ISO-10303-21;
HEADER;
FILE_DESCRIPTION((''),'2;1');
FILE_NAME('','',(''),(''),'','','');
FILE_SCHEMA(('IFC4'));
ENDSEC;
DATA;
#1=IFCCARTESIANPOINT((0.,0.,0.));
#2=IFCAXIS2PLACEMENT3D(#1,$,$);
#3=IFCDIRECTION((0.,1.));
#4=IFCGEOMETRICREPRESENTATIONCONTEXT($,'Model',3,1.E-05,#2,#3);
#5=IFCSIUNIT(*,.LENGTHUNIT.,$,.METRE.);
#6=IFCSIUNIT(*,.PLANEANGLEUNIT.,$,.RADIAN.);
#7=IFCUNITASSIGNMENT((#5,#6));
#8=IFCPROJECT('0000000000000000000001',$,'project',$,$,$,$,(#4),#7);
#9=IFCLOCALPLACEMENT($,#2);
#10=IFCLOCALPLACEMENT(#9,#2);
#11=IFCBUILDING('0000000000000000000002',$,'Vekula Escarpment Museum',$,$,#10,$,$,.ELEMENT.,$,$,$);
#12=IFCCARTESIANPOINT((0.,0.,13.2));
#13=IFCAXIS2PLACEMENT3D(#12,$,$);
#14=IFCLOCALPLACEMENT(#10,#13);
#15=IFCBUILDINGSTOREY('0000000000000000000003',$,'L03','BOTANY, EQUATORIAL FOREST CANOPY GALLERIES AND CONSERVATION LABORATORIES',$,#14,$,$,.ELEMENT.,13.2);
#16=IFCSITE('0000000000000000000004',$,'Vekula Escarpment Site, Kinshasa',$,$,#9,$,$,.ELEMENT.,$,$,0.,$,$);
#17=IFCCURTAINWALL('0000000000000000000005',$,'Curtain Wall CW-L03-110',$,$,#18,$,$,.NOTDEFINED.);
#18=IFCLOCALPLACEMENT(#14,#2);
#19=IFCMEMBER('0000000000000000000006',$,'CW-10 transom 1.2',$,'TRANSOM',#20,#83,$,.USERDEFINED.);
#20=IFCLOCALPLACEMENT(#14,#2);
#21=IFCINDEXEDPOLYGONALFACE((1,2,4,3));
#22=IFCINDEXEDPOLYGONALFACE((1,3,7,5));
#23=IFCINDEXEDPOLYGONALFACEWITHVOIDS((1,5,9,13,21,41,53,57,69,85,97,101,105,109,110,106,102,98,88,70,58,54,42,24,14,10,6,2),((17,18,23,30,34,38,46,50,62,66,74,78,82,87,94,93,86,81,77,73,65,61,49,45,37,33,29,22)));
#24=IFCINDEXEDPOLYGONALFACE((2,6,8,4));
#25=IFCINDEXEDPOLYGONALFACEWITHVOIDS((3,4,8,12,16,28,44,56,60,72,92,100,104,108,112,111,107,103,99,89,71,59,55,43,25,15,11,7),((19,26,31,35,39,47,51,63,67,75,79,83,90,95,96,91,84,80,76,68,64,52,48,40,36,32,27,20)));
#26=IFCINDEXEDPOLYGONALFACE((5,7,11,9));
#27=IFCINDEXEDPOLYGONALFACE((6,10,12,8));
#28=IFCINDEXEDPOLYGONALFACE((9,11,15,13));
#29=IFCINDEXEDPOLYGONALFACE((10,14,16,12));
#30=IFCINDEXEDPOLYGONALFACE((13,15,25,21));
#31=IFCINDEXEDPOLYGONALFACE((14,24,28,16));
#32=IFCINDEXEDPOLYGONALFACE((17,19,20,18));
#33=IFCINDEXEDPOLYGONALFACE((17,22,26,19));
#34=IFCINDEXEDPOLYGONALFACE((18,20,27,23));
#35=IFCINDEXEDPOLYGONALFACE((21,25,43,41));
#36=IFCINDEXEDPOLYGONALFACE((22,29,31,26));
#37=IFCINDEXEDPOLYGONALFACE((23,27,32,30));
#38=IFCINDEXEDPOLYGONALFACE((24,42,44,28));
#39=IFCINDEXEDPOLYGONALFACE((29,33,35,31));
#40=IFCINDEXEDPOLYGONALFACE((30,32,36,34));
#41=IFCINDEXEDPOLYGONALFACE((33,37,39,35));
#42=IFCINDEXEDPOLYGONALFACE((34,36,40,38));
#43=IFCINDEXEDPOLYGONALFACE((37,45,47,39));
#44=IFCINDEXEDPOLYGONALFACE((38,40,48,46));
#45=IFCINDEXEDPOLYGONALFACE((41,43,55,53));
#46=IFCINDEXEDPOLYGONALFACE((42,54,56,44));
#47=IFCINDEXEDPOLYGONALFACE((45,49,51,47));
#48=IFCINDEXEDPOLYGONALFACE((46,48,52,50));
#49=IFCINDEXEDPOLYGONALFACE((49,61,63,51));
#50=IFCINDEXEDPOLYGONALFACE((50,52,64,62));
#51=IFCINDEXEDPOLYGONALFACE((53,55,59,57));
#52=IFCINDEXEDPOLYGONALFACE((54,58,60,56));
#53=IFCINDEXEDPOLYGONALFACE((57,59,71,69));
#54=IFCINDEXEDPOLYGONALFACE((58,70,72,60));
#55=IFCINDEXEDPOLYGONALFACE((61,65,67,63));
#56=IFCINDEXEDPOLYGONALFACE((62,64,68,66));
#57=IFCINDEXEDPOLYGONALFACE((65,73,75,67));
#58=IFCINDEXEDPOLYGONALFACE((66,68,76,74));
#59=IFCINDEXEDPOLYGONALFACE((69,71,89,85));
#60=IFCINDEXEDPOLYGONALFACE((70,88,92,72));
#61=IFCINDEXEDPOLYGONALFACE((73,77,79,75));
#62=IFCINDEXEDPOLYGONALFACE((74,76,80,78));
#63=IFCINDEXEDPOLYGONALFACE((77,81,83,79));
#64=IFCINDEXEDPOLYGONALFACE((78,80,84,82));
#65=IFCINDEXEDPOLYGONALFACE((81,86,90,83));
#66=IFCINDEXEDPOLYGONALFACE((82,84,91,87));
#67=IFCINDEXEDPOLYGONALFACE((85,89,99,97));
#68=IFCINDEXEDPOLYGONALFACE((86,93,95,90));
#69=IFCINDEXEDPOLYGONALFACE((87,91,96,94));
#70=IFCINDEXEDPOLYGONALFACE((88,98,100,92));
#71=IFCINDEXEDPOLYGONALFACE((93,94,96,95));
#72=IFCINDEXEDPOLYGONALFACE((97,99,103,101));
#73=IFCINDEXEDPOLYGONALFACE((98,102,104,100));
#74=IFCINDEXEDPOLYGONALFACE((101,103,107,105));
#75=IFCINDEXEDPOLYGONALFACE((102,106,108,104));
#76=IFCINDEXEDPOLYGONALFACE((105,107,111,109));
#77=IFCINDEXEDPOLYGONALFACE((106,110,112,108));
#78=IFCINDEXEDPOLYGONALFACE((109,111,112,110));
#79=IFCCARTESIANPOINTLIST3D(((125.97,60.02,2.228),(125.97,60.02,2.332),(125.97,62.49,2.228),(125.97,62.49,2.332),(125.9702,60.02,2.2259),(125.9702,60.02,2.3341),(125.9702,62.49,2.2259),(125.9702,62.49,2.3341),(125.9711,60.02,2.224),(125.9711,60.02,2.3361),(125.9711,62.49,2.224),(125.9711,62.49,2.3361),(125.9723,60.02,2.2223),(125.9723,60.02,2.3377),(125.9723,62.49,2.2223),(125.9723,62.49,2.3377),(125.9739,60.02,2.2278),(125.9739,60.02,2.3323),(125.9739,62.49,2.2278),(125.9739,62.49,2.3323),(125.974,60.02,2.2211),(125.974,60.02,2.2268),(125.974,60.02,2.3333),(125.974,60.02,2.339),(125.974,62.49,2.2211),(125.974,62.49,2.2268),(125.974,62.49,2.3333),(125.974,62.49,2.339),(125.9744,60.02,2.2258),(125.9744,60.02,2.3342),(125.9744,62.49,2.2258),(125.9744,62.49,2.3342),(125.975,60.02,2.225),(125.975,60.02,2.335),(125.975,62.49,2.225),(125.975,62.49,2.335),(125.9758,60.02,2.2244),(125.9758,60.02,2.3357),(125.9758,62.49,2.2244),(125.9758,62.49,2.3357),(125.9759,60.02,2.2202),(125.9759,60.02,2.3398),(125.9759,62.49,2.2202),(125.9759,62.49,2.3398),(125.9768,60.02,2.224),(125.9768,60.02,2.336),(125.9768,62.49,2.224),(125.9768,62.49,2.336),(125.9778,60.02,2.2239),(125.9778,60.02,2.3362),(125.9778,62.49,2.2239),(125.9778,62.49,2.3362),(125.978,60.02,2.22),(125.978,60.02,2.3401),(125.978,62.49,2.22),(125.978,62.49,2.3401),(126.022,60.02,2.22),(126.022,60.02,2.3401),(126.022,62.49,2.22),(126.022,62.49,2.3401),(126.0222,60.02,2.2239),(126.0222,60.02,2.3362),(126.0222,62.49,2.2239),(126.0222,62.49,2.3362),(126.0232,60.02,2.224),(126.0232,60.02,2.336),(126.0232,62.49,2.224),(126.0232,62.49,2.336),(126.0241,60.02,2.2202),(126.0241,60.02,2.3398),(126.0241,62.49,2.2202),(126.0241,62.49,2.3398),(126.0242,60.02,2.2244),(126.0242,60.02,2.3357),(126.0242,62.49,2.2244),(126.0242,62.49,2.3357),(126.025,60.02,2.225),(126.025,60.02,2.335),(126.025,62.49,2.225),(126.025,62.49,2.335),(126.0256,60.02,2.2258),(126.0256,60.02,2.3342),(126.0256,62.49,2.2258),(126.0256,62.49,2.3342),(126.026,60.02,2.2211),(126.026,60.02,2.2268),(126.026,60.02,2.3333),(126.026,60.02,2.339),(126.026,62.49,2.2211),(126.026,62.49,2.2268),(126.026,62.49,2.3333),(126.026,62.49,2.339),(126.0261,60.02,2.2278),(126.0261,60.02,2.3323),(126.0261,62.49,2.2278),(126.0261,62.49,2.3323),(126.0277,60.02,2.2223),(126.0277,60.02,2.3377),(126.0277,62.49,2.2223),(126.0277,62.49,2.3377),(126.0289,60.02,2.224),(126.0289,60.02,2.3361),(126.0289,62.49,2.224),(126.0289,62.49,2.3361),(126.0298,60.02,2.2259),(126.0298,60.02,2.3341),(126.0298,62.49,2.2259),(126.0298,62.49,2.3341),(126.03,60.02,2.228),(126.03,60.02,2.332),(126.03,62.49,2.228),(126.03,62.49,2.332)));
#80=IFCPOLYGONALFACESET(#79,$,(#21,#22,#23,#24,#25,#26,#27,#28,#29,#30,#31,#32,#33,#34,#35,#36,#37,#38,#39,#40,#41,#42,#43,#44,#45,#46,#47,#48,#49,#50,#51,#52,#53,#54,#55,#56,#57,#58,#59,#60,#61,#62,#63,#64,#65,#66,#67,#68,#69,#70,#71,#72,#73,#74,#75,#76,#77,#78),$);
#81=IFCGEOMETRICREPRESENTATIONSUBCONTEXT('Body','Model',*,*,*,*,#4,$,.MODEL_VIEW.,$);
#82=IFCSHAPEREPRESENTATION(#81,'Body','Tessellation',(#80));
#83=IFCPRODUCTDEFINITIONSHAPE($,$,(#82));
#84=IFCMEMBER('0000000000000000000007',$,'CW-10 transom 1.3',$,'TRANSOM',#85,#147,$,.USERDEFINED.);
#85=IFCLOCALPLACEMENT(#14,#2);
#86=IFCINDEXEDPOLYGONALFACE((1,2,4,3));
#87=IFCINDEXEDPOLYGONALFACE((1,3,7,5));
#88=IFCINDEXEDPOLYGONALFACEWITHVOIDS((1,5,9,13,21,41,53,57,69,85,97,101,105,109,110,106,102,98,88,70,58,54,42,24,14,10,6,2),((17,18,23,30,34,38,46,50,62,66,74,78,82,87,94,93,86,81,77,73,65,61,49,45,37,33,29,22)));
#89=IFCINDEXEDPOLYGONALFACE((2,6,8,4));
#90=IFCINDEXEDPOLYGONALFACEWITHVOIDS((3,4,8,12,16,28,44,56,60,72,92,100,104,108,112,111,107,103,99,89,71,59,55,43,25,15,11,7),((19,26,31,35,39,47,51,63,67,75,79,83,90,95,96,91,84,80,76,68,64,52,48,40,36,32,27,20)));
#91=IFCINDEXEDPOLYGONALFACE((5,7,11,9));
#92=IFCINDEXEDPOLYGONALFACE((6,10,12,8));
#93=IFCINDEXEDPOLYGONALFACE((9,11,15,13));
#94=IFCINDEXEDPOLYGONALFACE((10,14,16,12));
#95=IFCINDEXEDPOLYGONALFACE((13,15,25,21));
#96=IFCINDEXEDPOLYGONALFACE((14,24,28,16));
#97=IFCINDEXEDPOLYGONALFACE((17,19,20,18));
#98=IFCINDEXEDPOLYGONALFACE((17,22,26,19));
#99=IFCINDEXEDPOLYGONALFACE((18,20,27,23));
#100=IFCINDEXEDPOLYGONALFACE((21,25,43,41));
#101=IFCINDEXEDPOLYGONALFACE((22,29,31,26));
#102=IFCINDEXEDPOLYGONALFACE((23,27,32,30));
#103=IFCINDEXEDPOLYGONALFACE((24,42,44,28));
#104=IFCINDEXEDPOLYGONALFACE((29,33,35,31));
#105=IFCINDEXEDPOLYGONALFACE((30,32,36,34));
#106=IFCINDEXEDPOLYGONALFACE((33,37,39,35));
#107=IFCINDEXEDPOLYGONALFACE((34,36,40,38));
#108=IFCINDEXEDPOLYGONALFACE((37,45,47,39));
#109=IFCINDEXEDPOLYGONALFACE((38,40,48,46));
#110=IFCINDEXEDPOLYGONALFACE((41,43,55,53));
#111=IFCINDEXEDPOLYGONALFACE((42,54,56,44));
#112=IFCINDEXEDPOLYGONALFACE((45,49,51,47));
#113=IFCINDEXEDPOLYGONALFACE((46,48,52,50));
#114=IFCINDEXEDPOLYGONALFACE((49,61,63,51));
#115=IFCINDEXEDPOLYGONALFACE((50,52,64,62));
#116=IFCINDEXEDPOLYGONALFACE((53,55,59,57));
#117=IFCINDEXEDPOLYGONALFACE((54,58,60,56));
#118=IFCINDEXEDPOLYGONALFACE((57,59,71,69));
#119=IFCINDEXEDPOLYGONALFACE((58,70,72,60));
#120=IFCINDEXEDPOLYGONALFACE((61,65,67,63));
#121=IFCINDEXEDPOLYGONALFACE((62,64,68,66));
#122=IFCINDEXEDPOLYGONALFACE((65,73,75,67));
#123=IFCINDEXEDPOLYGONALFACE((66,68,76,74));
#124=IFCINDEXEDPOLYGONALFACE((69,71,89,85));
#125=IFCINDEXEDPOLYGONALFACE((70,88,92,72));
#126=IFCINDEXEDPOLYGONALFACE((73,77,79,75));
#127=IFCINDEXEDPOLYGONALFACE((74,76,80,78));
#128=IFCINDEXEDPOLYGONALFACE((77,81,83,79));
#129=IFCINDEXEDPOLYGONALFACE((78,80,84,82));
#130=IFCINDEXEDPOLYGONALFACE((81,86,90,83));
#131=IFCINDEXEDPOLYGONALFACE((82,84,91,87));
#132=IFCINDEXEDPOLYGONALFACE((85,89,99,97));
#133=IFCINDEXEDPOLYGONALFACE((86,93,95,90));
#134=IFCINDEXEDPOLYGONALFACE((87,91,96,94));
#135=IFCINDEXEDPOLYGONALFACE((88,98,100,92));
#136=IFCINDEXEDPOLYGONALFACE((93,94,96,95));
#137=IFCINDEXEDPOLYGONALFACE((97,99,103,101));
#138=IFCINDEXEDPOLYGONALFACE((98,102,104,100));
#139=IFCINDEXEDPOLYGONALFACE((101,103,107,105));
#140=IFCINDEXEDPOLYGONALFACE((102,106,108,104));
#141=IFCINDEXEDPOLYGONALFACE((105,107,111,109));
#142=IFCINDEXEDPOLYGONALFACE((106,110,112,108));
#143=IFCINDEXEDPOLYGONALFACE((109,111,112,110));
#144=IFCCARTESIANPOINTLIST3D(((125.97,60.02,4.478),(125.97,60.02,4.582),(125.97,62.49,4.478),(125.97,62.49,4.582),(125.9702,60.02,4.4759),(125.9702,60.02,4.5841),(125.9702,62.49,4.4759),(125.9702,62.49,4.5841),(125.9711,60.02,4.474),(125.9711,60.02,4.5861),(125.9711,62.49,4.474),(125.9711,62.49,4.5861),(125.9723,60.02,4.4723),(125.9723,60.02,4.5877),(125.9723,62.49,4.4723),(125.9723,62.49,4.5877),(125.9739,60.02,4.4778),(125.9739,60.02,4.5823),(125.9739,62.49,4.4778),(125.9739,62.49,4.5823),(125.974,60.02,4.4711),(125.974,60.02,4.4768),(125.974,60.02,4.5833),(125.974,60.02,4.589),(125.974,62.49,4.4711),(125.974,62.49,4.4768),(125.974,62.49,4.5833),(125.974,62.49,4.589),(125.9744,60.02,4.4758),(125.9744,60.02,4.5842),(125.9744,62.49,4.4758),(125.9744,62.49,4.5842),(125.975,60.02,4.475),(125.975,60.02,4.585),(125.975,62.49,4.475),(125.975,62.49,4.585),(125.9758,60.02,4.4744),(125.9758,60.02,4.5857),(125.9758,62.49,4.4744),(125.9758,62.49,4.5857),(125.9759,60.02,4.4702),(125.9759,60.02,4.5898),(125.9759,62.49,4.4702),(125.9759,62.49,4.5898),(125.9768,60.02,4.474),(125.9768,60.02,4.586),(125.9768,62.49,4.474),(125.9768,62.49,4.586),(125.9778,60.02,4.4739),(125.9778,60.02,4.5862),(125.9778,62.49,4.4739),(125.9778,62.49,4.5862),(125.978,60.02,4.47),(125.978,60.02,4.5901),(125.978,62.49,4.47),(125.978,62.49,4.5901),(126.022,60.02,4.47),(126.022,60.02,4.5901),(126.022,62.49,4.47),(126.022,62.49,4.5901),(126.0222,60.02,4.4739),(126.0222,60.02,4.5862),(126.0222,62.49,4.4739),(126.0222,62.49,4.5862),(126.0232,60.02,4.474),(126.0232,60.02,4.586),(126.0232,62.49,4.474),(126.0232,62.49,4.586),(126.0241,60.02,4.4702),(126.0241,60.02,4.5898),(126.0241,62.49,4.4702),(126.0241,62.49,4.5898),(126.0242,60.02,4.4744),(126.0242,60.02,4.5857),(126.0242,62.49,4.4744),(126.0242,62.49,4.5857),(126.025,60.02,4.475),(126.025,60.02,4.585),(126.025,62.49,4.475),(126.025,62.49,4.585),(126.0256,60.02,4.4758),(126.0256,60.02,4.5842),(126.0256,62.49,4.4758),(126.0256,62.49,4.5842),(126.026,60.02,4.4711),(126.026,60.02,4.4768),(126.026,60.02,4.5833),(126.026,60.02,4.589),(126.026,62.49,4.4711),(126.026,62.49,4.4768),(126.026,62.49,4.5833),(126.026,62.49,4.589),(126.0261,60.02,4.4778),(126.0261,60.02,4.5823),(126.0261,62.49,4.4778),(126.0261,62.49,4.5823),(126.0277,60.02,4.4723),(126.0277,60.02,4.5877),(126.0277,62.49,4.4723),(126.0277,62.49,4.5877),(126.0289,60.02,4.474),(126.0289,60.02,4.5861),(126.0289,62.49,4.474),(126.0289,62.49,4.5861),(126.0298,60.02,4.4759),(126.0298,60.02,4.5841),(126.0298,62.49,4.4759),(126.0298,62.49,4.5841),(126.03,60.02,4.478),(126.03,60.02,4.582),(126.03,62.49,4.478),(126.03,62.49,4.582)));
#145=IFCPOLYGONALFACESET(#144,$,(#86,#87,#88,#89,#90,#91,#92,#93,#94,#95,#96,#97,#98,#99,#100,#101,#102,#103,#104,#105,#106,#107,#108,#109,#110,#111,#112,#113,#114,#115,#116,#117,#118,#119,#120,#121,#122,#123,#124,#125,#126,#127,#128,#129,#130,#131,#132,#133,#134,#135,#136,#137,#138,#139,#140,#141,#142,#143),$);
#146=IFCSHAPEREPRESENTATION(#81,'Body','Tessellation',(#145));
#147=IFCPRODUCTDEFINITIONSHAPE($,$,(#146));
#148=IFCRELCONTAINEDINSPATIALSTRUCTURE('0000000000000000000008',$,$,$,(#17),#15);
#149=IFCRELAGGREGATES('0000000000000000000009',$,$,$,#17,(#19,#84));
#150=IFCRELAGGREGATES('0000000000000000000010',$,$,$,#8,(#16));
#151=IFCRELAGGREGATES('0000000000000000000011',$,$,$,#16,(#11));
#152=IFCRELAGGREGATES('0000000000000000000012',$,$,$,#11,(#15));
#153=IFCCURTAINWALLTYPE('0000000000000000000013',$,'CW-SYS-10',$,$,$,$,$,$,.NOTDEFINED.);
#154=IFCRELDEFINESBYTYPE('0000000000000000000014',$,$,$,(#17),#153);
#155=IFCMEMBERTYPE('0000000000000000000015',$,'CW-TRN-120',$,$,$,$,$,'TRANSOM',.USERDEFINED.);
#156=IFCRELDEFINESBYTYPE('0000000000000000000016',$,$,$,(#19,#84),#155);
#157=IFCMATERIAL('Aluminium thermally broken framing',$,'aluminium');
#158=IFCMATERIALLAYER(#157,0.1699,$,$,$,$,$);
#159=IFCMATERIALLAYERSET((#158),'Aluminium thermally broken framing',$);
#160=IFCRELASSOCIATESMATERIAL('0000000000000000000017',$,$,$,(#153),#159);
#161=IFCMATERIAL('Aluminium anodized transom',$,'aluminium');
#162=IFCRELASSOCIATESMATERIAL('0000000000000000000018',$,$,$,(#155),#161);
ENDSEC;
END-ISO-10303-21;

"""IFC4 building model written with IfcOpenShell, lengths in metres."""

from ifc_helpers import new_model, si_unit, direction, frame, origin, origin_2d, place, context, subcontext, project, spatial, hollow_rectangle, extrude, material, layer, layer_set, material_profile, profile_set, type_object, element, aggregate, save


model = new_model("IFC4")

# Units and contexts
model_context = context("Model", 3, precision=1e-05, world=origin(), true_north=direction((0.0, 1.0)))
body_context = subcontext(model_context, "Body", "Model", "MODEL_VIEW")
ifc_project = project(units=[si_unit("LENGTHUNIT", "METRE"), si_unit("PLANEANGLEUNIT", "RADIAN")], contexts=[model_context])

# Site, building, storey
site_placement = place(None, origin())
site = spatial("IfcSite", under=ifc_project, at=site_placement, Name="Vekula Escarpment Site, Kinshasa", CompositionType="ELEMENT", RefElevation=0.0)
building_placement = place(site_placement, origin())
building = spatial("IfcBuilding", under=site, at=building_placement, Name="Vekula Escarpment Museum", CompositionType="ELEMENT")
storey_placement = place(building_placement, frame((0.0, 0.0, 13.2)))
storey = spatial("IfcBuildingStorey", under=building, at=storey_placement, Name="L03", Description="BOTANY, EQUATORIAL FOREST CANOPY GALLERIES AND CONSERVATION LABORATORIES", CompositionType="ELEMENT", Elevation=13.2)

# Curtain wall, members
ifc_material_1 = material(Name="Aluminium thermally broken framing", Category="aluminium")
ifc_layer_1 = layer(ifc_material_1, 0.1699)
ifc_layer_set_1 = layer_set([ifc_layer_1], Name="Aluminium thermally broken framing")
curtain_wall_type_1 = type_object("IfcCurtainWallType", Name="CW-SYS-10", PredefinedType="NOTDEFINED", material=ifc_layer_set_1)
curtain_wall_1_placement = place(storey_placement, origin())
curtain_wall_1 = element("IfcCurtainWall", 1, at=curtain_wall_1_placement, inside=storey, type_object=curtain_wall_type_1, Name="Curtain Wall CW-L03-110", PredefinedType="NOTDEFINED")
ifc_material_2 = material(Name="Aluminium anodized transom", Category="aluminium")
ifc_material_profile_1 = material_profile(ifc_material_2, hollow_rectangle(XDim=0.0601, YDim=0.1201, WallThickness=0.0039, InnerFilletRadius=0.0039, OuterFilletRadius=0.0081, at=origin_2d()), Name="ALU 120x60x4")
ifc_profile_set_1 = profile_set([ifc_material_profile_1], Name="Aluminium anodized transom")
member_type_1 = type_object("IfcMemberType", Name="CW-TRN-120", ElementType="TRANSOM", PredefinedType="USERDEFINED", material=ifc_profile_set_1)
member_1_placement = place(storey_placement, frame((126.0, 60.02, 2.28), z_axis=(0.0, 1.0, 0.0), x_axis=(-1.0, 0.0, 0.0)))
member_1 = element("IfcMember", 2, at=member_1_placement, type_object=member_type_1, Name="CW-10 transom 1.2", ObjectType="TRANSOM", PredefinedType="USERDEFINED", context=body_context, shape_type="SweptSolid", body=[
    extrude(hollow_rectangle(XDim=0.0601, YDim=0.1201, WallThickness=0.0039, InnerFilletRadius=0.0039, OuterFilletRadius=0.0081, at=origin_2d()), origin(), (0.0, 0.0, 1.0), 2.47),
])
member_2_placement = place(storey_placement, frame((126.0, 60.02, 4.53), z_axis=(0.0, 1.0, 0.0), x_axis=(-1.0, 0.0, 0.0)))
member_2 = element("IfcMember", 3, at=member_2_placement, type_object=member_type_1, Name="CW-10 transom 1.3", ObjectType="TRANSOM", PredefinedType="USERDEFINED", context=body_context, shape_type="SweptSolid", body=[
    extrude(hollow_rectangle(XDim=0.0601, YDim=0.1201, WallThickness=0.0039, InnerFilletRadius=0.0039, OuterFilletRadius=0.0081, at=origin_2d()), origin(), (0.0, 0.0, 1.0), 2.47),
])

aggregate(curtain_wall_1, [member_1, member_2])

save(model, "model.ifc")
